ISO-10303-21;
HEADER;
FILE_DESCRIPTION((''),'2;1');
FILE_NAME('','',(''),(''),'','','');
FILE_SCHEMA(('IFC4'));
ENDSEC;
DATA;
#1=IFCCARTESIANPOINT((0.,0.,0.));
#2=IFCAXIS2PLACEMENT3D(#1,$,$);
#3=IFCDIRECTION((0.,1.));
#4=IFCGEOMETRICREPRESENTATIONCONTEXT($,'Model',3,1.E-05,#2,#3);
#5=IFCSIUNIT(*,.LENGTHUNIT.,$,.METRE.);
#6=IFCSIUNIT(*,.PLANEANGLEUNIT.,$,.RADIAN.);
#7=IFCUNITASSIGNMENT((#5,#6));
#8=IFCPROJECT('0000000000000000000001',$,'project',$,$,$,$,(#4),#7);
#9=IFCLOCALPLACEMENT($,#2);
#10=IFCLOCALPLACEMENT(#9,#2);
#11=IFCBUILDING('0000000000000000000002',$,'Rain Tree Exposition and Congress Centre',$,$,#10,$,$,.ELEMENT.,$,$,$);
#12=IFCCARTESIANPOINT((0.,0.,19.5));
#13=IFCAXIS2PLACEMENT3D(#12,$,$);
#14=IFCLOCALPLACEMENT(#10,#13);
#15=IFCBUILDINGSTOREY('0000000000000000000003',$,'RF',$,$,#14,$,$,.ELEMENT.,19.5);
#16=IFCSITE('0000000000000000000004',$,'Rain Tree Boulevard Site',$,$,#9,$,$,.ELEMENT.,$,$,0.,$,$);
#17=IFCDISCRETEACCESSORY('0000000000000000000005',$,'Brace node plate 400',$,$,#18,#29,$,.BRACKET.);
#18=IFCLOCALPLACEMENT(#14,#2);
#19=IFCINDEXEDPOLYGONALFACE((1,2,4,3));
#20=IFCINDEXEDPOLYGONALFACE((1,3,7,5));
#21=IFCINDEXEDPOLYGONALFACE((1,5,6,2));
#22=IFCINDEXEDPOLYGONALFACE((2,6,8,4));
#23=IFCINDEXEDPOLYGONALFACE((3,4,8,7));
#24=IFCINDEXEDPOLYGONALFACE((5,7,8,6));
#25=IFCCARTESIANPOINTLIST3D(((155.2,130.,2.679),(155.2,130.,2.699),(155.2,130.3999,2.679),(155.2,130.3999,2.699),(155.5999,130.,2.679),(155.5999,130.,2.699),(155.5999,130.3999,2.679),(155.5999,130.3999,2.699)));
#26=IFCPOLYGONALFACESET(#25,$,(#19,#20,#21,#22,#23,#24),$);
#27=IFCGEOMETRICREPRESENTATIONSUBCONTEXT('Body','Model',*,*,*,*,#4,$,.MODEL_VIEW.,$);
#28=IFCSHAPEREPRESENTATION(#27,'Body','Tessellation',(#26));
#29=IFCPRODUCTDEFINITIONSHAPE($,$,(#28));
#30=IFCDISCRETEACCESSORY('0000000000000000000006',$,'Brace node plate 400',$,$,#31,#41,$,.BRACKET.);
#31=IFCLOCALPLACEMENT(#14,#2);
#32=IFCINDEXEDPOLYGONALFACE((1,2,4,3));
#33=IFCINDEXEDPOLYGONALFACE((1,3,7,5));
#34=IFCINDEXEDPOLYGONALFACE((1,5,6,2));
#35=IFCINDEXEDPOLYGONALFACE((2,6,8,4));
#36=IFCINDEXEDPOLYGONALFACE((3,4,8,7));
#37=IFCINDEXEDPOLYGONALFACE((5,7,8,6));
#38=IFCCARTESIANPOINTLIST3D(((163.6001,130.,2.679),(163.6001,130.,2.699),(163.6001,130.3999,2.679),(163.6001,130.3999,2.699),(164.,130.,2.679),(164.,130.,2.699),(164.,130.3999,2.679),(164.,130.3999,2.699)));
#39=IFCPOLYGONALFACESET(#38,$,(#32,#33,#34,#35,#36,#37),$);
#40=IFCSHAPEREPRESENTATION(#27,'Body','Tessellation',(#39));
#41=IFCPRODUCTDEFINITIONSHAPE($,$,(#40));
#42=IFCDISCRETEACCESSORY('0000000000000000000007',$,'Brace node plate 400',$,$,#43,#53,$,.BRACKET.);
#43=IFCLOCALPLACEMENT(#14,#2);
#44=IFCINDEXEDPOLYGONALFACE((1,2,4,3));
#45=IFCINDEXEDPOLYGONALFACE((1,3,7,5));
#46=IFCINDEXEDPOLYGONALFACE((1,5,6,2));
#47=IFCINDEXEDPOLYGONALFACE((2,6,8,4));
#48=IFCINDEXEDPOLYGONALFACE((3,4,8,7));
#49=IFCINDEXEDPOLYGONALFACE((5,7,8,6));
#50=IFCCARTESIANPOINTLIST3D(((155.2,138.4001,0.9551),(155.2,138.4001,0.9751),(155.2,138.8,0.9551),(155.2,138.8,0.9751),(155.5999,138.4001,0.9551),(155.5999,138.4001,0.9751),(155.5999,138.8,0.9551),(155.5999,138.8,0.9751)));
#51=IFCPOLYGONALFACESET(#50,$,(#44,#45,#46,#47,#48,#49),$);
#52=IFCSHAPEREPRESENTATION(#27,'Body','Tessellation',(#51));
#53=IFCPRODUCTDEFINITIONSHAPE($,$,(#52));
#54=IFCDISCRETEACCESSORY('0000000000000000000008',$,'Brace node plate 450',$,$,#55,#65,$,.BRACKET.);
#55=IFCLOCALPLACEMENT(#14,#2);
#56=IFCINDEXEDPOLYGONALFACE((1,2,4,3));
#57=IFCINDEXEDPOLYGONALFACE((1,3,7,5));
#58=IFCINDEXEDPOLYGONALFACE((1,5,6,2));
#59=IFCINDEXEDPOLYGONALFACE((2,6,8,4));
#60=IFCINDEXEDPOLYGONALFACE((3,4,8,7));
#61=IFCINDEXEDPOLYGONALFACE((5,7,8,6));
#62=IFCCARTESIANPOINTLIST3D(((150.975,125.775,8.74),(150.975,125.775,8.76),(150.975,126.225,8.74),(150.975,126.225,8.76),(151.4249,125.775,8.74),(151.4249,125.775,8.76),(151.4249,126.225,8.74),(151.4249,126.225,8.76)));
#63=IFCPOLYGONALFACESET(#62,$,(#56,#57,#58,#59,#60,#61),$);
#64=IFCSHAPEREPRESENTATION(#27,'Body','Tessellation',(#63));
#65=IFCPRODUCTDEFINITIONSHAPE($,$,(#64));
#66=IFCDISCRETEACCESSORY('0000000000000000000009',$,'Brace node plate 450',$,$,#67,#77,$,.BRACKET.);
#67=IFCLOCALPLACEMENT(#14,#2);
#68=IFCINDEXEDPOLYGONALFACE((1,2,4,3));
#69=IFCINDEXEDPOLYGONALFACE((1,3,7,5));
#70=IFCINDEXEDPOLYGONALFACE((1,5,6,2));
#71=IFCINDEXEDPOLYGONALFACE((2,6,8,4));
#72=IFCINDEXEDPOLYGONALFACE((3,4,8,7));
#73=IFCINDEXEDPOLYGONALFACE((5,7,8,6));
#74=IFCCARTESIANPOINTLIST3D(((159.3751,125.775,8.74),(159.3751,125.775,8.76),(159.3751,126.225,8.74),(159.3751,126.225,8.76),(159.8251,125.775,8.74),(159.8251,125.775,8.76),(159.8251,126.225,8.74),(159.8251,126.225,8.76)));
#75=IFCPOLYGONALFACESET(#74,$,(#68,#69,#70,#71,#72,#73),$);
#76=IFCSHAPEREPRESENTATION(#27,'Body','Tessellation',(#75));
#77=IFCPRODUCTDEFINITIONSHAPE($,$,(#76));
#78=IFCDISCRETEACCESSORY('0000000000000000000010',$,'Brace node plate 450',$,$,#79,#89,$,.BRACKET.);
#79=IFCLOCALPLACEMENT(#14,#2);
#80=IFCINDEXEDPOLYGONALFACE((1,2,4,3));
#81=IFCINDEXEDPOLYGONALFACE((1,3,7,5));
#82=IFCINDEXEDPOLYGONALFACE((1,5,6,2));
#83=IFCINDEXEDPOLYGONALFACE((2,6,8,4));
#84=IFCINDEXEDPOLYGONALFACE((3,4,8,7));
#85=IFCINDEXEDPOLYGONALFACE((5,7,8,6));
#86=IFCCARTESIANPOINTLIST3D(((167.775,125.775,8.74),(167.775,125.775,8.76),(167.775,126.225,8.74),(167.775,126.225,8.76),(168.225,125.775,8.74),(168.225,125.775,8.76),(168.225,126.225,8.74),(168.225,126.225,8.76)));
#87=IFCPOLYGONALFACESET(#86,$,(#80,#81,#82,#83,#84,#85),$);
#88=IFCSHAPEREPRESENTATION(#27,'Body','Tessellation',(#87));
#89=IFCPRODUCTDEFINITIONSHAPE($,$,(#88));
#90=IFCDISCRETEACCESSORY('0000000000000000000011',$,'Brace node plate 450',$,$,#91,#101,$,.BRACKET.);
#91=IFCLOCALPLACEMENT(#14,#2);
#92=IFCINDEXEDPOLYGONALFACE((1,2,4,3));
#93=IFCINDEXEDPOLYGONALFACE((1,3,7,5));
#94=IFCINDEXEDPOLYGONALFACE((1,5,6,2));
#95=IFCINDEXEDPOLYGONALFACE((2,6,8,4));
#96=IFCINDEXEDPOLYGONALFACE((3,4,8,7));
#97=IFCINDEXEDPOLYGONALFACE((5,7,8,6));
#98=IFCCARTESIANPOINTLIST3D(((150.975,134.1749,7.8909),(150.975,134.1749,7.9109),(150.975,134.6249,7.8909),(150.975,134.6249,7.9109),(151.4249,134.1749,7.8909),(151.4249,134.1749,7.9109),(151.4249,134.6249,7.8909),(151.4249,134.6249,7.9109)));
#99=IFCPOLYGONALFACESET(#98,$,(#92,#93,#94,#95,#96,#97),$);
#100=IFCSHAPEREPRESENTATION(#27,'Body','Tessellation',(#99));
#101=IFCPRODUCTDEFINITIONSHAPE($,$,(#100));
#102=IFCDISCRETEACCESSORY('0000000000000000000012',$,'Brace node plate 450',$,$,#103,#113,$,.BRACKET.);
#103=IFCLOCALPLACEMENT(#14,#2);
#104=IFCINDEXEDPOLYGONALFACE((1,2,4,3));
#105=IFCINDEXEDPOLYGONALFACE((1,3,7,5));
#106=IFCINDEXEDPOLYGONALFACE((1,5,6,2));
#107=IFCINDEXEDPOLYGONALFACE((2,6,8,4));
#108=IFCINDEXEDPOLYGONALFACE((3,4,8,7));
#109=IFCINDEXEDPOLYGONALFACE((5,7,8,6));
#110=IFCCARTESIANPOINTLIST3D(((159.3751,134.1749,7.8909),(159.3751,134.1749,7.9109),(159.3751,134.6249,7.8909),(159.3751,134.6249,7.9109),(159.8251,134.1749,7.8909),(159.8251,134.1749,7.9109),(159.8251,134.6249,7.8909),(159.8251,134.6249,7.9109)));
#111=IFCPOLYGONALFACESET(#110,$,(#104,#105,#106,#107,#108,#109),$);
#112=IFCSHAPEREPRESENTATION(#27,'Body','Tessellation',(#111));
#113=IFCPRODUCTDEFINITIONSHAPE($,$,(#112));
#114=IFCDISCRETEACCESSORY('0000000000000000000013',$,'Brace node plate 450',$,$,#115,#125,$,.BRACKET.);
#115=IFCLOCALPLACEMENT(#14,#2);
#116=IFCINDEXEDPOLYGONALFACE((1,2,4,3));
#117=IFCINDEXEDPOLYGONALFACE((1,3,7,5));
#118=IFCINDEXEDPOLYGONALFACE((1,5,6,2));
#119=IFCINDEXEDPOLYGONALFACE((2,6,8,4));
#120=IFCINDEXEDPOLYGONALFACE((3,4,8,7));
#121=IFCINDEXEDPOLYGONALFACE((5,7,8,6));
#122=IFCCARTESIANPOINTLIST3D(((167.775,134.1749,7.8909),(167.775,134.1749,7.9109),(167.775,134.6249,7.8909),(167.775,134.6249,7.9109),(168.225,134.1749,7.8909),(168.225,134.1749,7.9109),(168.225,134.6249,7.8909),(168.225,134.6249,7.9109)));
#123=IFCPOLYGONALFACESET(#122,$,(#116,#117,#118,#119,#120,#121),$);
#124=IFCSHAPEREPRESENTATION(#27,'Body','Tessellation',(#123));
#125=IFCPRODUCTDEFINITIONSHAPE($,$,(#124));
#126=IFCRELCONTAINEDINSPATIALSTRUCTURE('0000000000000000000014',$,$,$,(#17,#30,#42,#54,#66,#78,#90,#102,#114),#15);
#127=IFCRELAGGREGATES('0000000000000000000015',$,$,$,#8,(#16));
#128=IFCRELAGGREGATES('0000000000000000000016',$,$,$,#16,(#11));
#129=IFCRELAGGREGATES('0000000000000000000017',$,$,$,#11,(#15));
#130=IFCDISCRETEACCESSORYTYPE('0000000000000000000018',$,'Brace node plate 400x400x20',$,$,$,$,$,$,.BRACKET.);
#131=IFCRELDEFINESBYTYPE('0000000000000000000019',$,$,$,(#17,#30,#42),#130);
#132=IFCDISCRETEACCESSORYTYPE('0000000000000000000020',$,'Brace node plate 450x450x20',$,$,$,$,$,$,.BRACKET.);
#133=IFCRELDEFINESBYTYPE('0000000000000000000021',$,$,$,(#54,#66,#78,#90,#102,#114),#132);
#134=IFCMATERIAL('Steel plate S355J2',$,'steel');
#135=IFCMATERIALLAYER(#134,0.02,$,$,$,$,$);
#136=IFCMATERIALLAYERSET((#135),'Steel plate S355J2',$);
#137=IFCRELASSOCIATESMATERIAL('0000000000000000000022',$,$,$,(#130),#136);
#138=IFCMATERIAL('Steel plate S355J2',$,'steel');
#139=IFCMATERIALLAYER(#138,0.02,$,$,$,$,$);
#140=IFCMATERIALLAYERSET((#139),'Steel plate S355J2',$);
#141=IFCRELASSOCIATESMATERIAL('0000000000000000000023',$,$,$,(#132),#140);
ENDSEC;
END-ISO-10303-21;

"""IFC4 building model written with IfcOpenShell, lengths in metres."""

from ifc_helpers import new_model, si_unit, direction, frame, origin, origin_2d, place, context, subcontext, project, spatial, rectangle, extrude, material, layer, layer_set, type_object, element, save


model = new_model("IFC4")

# Units and contexts
model_context = context("Model", 3, precision=1e-05, world=origin(), true_north=direction((0.0, 1.0)))
body_context = subcontext(model_context, "Body", "Model", "MODEL_VIEW")
ifc_project = project(units=[si_unit("LENGTHUNIT", "METRE"), si_unit("PLANEANGLEUNIT", "RADIAN")], contexts=[model_context])

# Site, building, storey
site_placement = place(None, origin())
site = spatial("IfcSite", under=ifc_project, at=site_placement, Name="Rain Tree Boulevard Site", CompositionType="ELEMENT", RefElevation=0.0)
building_placement = place(site_placement, origin())
building = spatial("IfcBuilding", under=site, at=building_placement, Name="Rain Tree Exposition and Congress Centre", CompositionType="ELEMENT")
storey_placement = place(building_placement, frame((0.0, 0.0, 19.5)))
storey = spatial("IfcBuildingStorey", under=building, at=storey_placement, Name="RF", CompositionType="ELEMENT", Elevation=19.5)

# Discrete accessories
ifc_material_1 = material(Name="Steel plate S355J2", Category="steel")
ifc_layer_1 = layer(ifc_material_1, 0.02)
ifc_layer_set_1 = layer_set([ifc_layer_1], Name="Steel plate S355J2")
discrete_accessory_type_1 = type_object("IfcDiscreteAccessoryType", Name="Brace node plate 400x400x20", PredefinedType="BRACKET", material=ifc_layer_set_1)
for number, where, z_axis, x_axis, name in (
    (1, (155.3999, 130.2, 2.679), (0.0, 0.0, 1.0), (1.0, 0.0, 0.0), "Brace node plate 400"),
    (2, (163.8, 130.2, 2.679), (0.0, 0.0, 1.0), (1.0, 0.0, 0.0), "Brace node plate 400"),
    (3, (155.3999, 138.6001, 0.9551), (0.0, 0.0, 1.0), (1.0, 0.0, 0.0), "Brace node plate 400"),
):
    element("IfcDiscreteAccessory", number, at=place(storey_placement, frame(where, z_axis=z_axis, x_axis=x_axis)), inside=storey, type_object=discrete_accessory_type_1, Name=name, PredefinedType="BRACKET", context=body_context, shape_type="SweptSolid", body=[
        extrude(rectangle(XDim=0.3999, YDim=0.3999, at=origin_2d()), origin(), (0.0, 0.0, 1.0), 0.02),
    ])
ifc_material_2 = material(Name="Steel plate S355J2", Category="steel")
ifc_layer_2 = layer(ifc_material_2, 0.02)
ifc_layer_set_2 = layer_set([ifc_layer_2], Name="Steel plate S355J2")
discrete_accessory_type_2 = type_object("IfcDiscreteAccessoryType", Name="Brace node plate 450x450x20", PredefinedType="BRACKET", material=ifc_layer_set_2)
for number, where, z_axis, x_axis, name in (
    (4, (151.2, 126.0, 8.74), (0.0, 0.0, 1.0), (1.0, 0.0, 0.0), "Brace node plate 450"),
    (5, (159.6001, 126.0, 8.74), (0.0, 0.0, 1.0), (1.0, 0.0, 0.0), "Brace node plate 450"),
    (6, (168.0, 126.0, 8.74), (0.0, 0.0, 1.0), (1.0, 0.0, 0.0), "Brace node plate 450"),
    (7, (151.2, 134.3999, 7.8909), (0.0, 0.0, 1.0), (1.0, 0.0, 0.0), "Brace node plate 450"),
    (8, (159.6001, 134.3999, 7.8909), (0.0, 0.0, 1.0), (1.0, 0.0, 0.0), "Brace node plate 450"),
    (9, (168.0, 134.3999, 7.8909), (0.0, 0.0, 1.0), (1.0, 0.0, 0.0), "Brace node plate 450"),
):
    element("IfcDiscreteAccessory", number, at=place(storey_placement, frame(where, z_axis=z_axis, x_axis=x_axis)), inside=storey, type_object=discrete_accessory_type_2, Name=name, PredefinedType="BRACKET", context=body_context, shape_type="SweptSolid", body=[
        extrude(rectangle(XDim=0.45, YDim=0.45, at=origin_2d()), origin(), (0.0, 0.0, 1.0), 0.02),
    ])

save(model, "model.ifc")
